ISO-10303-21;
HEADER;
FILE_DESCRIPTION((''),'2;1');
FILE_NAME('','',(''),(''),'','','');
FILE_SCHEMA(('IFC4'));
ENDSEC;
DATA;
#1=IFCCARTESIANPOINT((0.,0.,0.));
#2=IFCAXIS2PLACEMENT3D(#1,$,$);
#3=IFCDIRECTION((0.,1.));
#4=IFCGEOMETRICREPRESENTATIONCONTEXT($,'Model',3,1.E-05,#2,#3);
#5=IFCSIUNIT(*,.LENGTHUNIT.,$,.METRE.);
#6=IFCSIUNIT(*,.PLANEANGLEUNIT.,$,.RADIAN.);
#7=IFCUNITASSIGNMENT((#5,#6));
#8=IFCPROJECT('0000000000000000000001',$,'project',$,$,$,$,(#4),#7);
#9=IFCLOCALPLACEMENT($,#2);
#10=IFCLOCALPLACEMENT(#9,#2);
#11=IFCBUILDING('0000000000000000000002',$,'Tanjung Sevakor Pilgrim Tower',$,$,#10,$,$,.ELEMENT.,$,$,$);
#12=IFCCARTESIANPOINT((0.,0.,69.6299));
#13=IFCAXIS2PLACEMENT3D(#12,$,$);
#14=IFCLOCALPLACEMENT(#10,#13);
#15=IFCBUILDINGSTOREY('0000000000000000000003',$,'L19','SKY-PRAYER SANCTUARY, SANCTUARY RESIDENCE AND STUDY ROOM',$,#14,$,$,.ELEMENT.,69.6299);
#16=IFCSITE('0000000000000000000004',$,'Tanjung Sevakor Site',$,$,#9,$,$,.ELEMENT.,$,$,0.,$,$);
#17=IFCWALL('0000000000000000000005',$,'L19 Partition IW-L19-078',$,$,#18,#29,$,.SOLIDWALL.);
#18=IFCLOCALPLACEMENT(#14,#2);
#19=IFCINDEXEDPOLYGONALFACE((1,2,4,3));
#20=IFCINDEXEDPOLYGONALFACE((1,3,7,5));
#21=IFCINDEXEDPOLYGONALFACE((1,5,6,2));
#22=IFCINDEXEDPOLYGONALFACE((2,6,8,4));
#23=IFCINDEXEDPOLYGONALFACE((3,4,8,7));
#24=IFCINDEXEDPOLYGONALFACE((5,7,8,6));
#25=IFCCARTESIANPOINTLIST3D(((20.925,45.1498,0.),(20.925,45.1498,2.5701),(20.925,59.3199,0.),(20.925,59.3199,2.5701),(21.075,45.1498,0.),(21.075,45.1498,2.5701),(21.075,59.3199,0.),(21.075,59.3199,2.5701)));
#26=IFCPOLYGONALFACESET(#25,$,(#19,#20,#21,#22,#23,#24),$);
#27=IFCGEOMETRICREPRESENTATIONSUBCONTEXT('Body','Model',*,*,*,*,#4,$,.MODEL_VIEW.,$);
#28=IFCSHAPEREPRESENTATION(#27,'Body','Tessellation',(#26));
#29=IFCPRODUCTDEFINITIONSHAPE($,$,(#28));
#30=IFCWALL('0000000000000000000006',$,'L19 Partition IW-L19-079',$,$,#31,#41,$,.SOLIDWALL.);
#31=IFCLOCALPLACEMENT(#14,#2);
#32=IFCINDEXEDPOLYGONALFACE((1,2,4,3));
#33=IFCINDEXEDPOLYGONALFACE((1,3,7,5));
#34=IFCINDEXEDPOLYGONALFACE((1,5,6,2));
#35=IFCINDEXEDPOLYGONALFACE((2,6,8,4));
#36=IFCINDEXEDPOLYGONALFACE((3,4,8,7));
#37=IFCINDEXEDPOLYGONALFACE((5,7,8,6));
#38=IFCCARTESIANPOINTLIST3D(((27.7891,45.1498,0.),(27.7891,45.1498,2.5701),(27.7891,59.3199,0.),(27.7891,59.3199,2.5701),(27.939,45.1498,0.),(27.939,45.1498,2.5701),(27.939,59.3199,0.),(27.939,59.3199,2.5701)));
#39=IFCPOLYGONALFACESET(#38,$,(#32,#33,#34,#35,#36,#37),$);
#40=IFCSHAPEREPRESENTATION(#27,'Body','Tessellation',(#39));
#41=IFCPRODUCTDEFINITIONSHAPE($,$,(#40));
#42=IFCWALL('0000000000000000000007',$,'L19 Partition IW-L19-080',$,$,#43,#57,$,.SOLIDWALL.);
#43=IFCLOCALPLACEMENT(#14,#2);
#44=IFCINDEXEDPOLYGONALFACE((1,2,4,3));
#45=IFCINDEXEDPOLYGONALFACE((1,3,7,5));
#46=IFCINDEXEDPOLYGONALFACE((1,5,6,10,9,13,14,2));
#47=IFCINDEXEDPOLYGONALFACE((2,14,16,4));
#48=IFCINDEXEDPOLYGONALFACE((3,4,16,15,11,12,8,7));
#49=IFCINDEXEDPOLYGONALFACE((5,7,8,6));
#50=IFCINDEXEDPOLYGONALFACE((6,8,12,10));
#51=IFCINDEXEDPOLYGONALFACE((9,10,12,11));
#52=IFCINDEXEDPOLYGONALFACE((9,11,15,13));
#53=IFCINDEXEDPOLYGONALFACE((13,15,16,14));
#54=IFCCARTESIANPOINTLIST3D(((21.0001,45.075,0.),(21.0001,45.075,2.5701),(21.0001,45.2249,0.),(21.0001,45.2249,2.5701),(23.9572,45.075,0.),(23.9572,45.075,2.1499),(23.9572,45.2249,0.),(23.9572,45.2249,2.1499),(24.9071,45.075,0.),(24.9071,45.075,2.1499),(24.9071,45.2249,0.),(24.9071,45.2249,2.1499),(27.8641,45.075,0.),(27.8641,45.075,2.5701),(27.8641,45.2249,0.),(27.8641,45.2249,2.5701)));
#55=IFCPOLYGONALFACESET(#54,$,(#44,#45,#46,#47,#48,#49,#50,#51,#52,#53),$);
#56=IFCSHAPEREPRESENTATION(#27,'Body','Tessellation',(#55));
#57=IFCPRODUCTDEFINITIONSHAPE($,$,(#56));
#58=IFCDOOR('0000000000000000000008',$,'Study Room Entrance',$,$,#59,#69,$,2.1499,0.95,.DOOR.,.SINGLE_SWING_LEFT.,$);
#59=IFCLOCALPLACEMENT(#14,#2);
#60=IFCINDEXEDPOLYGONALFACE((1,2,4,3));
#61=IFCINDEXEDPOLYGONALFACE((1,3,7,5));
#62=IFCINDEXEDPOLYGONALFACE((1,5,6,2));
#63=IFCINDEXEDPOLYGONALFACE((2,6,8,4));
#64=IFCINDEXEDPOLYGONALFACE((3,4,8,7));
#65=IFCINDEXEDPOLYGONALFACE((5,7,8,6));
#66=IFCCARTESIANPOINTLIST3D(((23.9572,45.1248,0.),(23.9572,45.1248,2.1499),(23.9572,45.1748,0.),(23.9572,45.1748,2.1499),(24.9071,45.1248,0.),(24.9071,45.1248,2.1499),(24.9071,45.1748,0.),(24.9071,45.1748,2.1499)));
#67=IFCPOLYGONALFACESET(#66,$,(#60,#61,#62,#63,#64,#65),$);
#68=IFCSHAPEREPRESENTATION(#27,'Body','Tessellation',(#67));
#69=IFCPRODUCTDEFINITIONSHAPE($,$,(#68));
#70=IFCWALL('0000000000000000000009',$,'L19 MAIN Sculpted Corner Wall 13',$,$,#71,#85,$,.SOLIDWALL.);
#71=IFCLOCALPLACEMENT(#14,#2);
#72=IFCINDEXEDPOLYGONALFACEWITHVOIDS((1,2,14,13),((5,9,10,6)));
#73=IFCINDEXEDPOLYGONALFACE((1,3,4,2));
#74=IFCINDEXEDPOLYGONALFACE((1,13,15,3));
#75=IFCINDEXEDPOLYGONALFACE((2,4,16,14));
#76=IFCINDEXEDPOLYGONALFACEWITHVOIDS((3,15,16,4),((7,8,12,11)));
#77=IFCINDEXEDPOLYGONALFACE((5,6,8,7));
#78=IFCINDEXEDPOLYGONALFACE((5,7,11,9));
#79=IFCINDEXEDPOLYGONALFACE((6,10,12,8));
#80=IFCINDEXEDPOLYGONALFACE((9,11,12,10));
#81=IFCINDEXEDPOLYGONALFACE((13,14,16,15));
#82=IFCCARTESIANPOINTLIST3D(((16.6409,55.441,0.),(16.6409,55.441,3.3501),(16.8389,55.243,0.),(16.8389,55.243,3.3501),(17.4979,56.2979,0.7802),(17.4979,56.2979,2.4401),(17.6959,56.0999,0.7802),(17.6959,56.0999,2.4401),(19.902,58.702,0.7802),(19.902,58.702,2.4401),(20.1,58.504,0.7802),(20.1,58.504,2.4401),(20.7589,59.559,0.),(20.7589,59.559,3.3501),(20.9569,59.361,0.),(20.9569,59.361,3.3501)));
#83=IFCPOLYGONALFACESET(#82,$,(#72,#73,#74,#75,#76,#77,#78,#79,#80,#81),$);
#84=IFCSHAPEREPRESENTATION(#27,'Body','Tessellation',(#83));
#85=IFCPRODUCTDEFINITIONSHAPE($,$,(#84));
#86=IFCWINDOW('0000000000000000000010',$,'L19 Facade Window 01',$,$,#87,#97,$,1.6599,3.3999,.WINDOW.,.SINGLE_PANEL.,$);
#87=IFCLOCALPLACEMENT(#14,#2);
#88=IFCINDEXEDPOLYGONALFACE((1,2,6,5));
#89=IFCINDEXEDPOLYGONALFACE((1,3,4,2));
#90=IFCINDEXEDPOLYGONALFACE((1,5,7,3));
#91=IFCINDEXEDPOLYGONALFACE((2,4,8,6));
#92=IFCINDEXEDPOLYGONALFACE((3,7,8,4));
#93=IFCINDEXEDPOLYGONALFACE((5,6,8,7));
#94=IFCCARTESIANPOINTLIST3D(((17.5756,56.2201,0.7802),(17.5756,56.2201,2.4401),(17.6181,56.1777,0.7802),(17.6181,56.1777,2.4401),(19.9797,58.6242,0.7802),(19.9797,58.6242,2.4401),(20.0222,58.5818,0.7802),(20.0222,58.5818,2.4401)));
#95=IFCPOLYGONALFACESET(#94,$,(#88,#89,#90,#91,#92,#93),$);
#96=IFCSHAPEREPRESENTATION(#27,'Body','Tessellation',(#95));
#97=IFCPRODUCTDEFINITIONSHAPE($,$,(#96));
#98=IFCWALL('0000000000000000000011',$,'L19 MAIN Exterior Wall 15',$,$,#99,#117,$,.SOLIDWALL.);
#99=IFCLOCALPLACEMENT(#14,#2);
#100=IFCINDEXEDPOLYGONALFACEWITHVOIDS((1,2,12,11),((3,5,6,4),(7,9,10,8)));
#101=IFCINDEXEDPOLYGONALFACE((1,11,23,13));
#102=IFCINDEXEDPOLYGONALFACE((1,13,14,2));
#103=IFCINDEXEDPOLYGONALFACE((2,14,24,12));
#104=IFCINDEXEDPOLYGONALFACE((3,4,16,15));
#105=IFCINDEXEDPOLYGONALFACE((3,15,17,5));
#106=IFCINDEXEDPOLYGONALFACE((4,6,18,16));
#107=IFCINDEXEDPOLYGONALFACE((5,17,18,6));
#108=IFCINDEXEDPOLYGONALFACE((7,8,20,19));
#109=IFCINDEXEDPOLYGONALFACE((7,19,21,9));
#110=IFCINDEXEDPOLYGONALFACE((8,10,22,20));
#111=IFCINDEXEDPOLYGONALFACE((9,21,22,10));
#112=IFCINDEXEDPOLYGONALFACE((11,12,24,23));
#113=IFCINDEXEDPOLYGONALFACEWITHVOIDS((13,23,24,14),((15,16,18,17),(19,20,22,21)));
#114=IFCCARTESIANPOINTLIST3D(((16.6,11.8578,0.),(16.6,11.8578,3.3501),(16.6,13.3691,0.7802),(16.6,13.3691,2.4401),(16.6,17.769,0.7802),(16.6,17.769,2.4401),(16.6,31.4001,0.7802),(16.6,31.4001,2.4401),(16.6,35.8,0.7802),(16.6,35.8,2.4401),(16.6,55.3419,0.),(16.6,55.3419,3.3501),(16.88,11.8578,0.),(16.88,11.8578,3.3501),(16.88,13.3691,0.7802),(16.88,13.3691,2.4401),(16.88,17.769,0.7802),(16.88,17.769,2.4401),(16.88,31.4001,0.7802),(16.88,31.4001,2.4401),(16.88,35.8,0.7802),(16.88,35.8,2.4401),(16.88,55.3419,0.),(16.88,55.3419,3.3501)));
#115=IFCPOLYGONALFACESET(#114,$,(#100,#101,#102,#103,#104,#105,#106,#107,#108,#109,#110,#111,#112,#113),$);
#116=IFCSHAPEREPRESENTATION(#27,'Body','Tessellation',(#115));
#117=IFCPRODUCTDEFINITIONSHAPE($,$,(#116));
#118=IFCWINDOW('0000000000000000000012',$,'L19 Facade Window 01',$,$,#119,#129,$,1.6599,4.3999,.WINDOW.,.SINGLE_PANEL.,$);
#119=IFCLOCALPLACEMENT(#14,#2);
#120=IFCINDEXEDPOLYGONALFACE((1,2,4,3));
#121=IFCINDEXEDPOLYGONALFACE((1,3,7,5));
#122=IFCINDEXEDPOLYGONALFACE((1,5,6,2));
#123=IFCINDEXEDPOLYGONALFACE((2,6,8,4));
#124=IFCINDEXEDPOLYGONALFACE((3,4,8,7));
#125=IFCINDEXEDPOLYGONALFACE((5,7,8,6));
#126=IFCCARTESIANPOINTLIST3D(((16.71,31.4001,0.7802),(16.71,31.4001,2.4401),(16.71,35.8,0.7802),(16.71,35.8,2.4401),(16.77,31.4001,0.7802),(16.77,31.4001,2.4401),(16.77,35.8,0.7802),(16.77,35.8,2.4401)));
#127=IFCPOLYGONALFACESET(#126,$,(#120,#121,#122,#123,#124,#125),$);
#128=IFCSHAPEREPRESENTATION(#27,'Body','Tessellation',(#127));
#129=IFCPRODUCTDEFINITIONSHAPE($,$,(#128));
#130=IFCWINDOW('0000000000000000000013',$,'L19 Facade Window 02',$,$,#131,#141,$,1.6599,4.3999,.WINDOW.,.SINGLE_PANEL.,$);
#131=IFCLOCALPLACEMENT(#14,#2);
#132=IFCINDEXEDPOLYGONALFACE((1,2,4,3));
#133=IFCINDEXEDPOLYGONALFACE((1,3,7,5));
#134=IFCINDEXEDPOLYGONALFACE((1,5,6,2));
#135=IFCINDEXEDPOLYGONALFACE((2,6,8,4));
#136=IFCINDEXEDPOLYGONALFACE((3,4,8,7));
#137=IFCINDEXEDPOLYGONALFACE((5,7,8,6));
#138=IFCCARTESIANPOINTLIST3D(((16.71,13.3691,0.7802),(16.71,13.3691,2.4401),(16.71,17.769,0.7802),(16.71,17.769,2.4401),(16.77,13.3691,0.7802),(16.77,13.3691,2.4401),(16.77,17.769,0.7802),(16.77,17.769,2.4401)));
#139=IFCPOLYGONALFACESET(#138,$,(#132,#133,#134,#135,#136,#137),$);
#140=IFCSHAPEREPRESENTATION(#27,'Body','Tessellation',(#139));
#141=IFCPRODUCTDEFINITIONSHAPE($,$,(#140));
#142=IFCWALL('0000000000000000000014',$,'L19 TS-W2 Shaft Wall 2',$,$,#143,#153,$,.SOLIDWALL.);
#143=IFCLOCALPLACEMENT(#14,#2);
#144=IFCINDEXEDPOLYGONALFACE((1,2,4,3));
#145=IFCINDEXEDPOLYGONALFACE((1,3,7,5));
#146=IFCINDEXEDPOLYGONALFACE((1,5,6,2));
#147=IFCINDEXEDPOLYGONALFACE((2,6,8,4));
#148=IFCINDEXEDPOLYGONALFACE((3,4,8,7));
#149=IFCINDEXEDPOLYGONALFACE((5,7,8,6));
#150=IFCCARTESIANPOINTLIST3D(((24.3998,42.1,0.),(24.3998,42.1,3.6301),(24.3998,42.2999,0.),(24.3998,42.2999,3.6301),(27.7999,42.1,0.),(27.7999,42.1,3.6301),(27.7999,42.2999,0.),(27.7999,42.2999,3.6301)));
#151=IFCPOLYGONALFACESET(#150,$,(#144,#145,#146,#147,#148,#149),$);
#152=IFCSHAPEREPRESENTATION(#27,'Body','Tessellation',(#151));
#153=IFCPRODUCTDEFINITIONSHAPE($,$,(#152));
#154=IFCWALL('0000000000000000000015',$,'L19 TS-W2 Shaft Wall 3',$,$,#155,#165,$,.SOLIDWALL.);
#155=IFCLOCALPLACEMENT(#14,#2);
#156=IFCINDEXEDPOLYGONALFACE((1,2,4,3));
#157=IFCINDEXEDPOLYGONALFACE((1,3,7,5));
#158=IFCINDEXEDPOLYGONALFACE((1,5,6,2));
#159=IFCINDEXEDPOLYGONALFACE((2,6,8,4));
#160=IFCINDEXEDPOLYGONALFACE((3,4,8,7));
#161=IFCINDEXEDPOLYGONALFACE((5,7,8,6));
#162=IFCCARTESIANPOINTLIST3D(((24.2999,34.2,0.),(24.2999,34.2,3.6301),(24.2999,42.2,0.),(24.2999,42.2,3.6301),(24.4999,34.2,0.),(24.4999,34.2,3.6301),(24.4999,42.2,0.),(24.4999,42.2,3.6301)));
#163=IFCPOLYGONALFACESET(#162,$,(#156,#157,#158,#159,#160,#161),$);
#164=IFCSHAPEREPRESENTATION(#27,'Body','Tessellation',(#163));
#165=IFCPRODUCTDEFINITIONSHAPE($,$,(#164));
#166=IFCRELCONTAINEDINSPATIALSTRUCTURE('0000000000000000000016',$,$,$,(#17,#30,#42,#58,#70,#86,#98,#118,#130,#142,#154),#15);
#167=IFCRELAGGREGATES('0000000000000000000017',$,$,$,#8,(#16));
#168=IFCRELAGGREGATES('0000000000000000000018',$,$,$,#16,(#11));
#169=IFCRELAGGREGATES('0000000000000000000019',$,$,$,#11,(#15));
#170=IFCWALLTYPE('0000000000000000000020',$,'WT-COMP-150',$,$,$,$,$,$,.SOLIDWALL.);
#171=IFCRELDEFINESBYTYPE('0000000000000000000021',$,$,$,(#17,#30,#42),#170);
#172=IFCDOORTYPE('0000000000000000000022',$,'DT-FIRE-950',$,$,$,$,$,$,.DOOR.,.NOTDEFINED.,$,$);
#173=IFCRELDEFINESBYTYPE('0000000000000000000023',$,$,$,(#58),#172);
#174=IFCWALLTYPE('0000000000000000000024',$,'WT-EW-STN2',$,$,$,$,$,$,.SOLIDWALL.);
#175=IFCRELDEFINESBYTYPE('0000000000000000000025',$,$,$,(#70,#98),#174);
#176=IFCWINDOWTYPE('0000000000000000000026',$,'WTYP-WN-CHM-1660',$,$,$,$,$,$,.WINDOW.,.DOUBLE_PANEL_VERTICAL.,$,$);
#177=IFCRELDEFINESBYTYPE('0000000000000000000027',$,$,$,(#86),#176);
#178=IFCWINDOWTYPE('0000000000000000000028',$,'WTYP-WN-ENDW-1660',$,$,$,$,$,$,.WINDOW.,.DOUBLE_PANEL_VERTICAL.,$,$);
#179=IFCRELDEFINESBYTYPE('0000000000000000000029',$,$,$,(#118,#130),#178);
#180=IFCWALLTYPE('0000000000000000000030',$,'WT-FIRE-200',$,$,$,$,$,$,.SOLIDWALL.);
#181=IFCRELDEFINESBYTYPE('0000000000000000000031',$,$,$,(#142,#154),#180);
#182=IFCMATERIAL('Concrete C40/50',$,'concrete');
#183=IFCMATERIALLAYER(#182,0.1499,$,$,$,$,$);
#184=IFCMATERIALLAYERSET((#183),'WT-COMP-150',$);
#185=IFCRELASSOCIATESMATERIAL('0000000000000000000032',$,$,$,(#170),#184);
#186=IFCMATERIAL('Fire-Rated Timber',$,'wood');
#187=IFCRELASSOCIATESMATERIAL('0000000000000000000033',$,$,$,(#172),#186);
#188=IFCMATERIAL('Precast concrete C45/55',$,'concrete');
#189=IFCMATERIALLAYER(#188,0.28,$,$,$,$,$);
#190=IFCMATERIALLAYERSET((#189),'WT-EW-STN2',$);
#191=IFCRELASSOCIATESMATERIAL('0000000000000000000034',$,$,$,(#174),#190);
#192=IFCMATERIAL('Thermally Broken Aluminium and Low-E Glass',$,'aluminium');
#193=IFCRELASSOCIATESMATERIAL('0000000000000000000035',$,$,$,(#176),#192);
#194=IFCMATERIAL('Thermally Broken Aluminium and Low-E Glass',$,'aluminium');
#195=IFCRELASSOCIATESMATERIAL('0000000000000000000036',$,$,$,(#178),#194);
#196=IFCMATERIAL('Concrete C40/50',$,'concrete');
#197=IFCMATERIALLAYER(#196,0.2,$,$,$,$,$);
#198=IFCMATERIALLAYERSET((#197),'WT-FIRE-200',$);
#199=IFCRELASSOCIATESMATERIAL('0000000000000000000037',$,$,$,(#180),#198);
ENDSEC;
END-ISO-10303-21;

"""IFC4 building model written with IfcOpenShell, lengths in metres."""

from ifc_helpers import new_model, si_unit, direction, frame, frame_2d, origin, place, context, subcontext, project, spatial, rectangle, extrude, material, layer, layer_set, type_object, element, fill, save


model = new_model("IFC4")

# Units and contexts
model_context = context("Model", 3, precision=1e-05, world=origin(), true_north=direction((0.0, 1.0)))
body_context = subcontext(model_context, "Body", "Model", "MODEL_VIEW")
ifc_project = project(units=[si_unit("LENGTHUNIT", "METRE"), si_unit("PLANEANGLEUNIT", "RADIAN")], contexts=[model_context])

# Site, building, storey
site_placement = place(None, origin())
site = spatial("IfcSite", under=ifc_project, at=site_placement, Name="Tanjung Sevakor Site", CompositionType="ELEMENT", RefElevation=0.0)
building_placement = place(site_placement, origin())
building = spatial("IfcBuilding", under=site, at=building_placement, Name="Tanjung Sevakor Pilgrim Tower", CompositionType="ELEMENT")
storey_placement = place(building_placement, frame((0.0, 0.0, 69.6299)))
storey = spatial("IfcBuildingStorey", under=building, at=storey_placement, Name="L19", Description="SKY-PRAYER SANCTUARY, SANCTUARY RESIDENCE AND STUDY ROOM", CompositionType="ELEMENT", Elevation=69.6299)

# Walls
ifc_material_1 = material(Name="Concrete C40/50", Category="concrete")
ifc_layer_1 = layer(ifc_material_1, 0.1499)
ifc_layer_set_1 = layer_set([ifc_layer_1], Name="WT-COMP-150")
wall_type_1 = type_object("IfcWallType", Name="WT-COMP-150", PredefinedType="SOLIDWALL", material=ifc_layer_set_1)
for number, where, z_axis, x_axis, name in (
    (1, (21.0, 45.1499, 0.0), (0.0, 0.0, 1.0), (0.0, 1.0, 0.0), "L19 Partition IW-L19-078"),
    (2, (27.864, 45.1499, 0.0), (0.0, 0.0, 1.0), (0.0, 1.0, 0.0), "L19 Partition IW-L19-079"),
):
    element("IfcWall", number, at=place(storey_placement, frame(where, z_axis=z_axis, x_axis=x_axis)), inside=storey, type_object=wall_type_1, Name=name, PredefinedType="SOLIDWALL", context=body_context, shape_type="SweptSolid", body=[
        extrude(rectangle(XDim=14.1702, YDim=0.1499, at=frame_2d((7.085, 0.0))), origin(), (0.0, 0.0, 1.0), 2.5701),
    ])

# Wall, opening, door
wall_1_placement = place(storey_placement, frame((21.0, 45.1499, 0.0), z_axis=(0.0, 0.0, 1.0), x_axis=(1.0, 0.0, 0.0)))
wall_1 = element("IfcWall", 3, at=wall_1_placement, inside=storey, type_object=wall_type_1, Name="L19 Partition IW-L19-080", PredefinedType="SOLIDWALL", context=body_context, shape_type="SweptSolid", body=[
    extrude(rectangle(XDim=6.864, YDim=0.1499, at=frame_2d((3.4321, 0.0))), origin(), (0.0, 0.0, 1.0), 2.5701),
])
opening_1_placement = place(wall_1_placement, frame((2.957, 0.0, 0.0)))
opening_1 = element("IfcOpeningElement", 4, at=opening_1_placement, cuts=wall_1, PredefinedType="OPENING", context=body_context, shape_type="SweptSolid", body=[
    extrude(rectangle(XDim=0.95, YDim=2.1499, at=frame_2d((0.4751, 1.075))), frame((0.0, 0.085, 0.0), z_axis=(0.0, -1.0, 0.0), x_axis=(1.0, 0.0, 0.0)), (0.0, 0.0, 1.0), 0.1699),
])
ifc_material_2 = material(Name="Fire-Rated Timber", Category="wood")
door_type_1 = type_object("IfcDoorType", Name="DT-FIRE-950", OperationType="NOTDEFINED", PredefinedType="DOOR", material=ifc_material_2)
door_1_placement = place(opening_1_placement, origin())
door_1 = element("IfcDoor", 5, at=door_1_placement, inside=storey, type_object=door_type_1, Name="Study Room Entrance", OperationType="SINGLE_SWING_LEFT", OverallHeight=2.1499, OverallWidth=0.95, PredefinedType="DOOR", context=body_context, shape_type="SweptSolid", body=[
    extrude(rectangle(XDim=0.95, YDim=2.1499, at=frame_2d((0.4751, 1.075))), frame((0.0, 0.0249, 0.0), z_axis=(0.0, -1.0, 0.0), x_axis=(1.0, 0.0, 0.0)), (0.0, 0.0, 1.0), 0.05),
])
fill(opening_1, door_1)

# Wall, opening, window
ifc_material_3 = material(Name="Precast concrete C45/55", Category="concrete")
ifc_layer_2 = layer(ifc_material_3, 0.28)
ifc_layer_set_2 = layer_set([ifc_layer_2], Name="WT-EW-STN2")
wall_type_2 = type_object("IfcWallType", Name="WT-EW-STN2", PredefinedType="SOLIDWALL", material=ifc_layer_set_2)
wall_2_placement = place(storey_placement, frame((20.8579, 59.46, 0.0), z_axis=(0.0, 0.0, 1.0), x_axis=(-0.707107, -0.707107, 0.0)))
wall_2 = element("IfcWall", 6, at=wall_2_placement, inside=storey, type_object=wall_type_2, Name="L19 MAIN Sculpted Corner Wall 13", PredefinedType="SOLIDWALL", context=body_context, shape_type="SweptSolid", body=[
    extrude(rectangle(XDim=5.8237, YDim=0.28, at=frame_2d((2.9119, 0.0))), origin(), (0.0, 0.0, 1.0), 3.3501),
])
opening_2_placement = place(wall_2_placement, frame((1.2119, 0.0, 0.78)))
opening_2 = element("IfcOpeningElement", 7, at=opening_2_placement, cuts=wall_2, PredefinedType="OPENING", context=body_context, shape_type="SweptSolid", body=[
    extrude(rectangle(XDim=3.3999, YDim=1.6599, at=frame_2d((1.7, 0.8301))), frame((0.0, 0.1499, 0.0), z_axis=(0.0, -1.0, 0.0), x_axis=(1.0, 0.0, 0.0)), (0.0, 0.0, 1.0), 0.3),
])
ifc_material_4 = material(Name="Thermally Broken Aluminium and Low-E Glass", Category="aluminium")
window_type_1 = type_object("IfcWindowType", Name="WTYP-WN-CHM-1660", PartitioningType="DOUBLE_PANEL_VERTICAL", PredefinedType="WINDOW", material=ifc_material_4)
window_1_placement = place(opening_2_placement, origin())
window_1 = element("IfcWindow", 8, at=window_1_placement, inside=storey, type_object=window_type_1, Name="L19 Facade Window 01", OverallHeight=1.6599, OverallWidth=3.3999, PartitioningType="SINGLE_PANEL", PredefinedType="WINDOW", context=body_context, shape_type="SweptSolid", body=[
    extrude(rectangle(XDim=3.3999, YDim=1.6599, at=frame_2d((1.7, 0.8301))), frame((0.0, 0.03, 0.0), z_axis=(0.0, -1.0, 0.0), x_axis=(1.0, 0.0, 0.0)), (0.0, 0.0, 1.0), 0.0601),
])
fill(opening_2, window_1)

# Wall, openings, windows
wall_3_placement = place(storey_placement, frame((16.74, 55.342, 0.0), z_axis=(0.0, 0.0, 1.0), x_axis=(0.0, -1.0, 0.0)))
wall_3 = element("IfcWall", 9, at=wall_3_placement, inside=storey, type_object=wall_type_2, Name="L19 MAIN Exterior Wall 15", PredefinedType="SOLIDWALL", context=body_context, shape_type="SweptSolid", body=[
    extrude(rectangle(XDim=43.4841, YDim=0.28, at=frame_2d((21.7422, 0.0))), origin(), (0.0, 0.0, 1.0), 3.3501),
])
opening_3_placement = place(wall_3_placement, frame((19.542, 0.0, 0.78)))
opening_3 = element("IfcOpeningElement", 10, at=opening_3_placement, cuts=wall_3, PredefinedType="OPENING", context=body_context, shape_type="SweptSolid", body=[
    extrude(rectangle(XDim=4.3999, YDim=1.6599, at=frame_2d((2.2, 0.8301))), frame((0.0, 0.1499, 0.0), z_axis=(0.0, -1.0, 0.0), x_axis=(1.0, 0.0, 0.0)), (0.0, 0.0, 1.0), 0.3),
])
opening_4_placement = place(wall_3_placement, frame((37.573, 0.0, 0.78)))
opening_4 = element("IfcOpeningElement", 11, at=opening_4_placement, cuts=wall_3, PredefinedType="OPENING", context=body_context, shape_type="SweptSolid", body=[
    extrude(rectangle(XDim=4.3999, YDim=1.6599, at=frame_2d((2.2, 0.8301))), frame((0.0, 0.1499, 0.0), z_axis=(0.0, -1.0, 0.0), x_axis=(1.0, 0.0, 0.0)), (0.0, 0.0, 1.0), 0.3),
])
ifc_material_5 = material(Name="Thermally Broken Aluminium and Low-E Glass", Category="aluminium")
window_type_2 = type_object("IfcWindowType", Name="WTYP-WN-ENDW-1660", PartitioningType="DOUBLE_PANEL_VERTICAL", PredefinedType="WINDOW", material=ifc_material_5)
window_2_placement = place(opening_3_placement, origin())
window_2 = element("IfcWindow", 12, at=window_2_placement, inside=storey, type_object=window_type_2, Name="L19 Facade Window 01", OverallHeight=1.6599, OverallWidth=4.3999, PartitioningType="SINGLE_PANEL", PredefinedType="WINDOW", context=body_context, shape_type="SweptSolid", body=[
    extrude(rectangle(XDim=4.3999, YDim=1.6599, at=frame_2d((2.2, 0.8301))), frame((0.0, 0.03, 0.0), z_axis=(0.0, -1.0, 0.0), x_axis=(1.0, 0.0, 0.0)), (0.0, 0.0, 1.0), 0.0601),
])
fill(opening_3, window_2)
window_3_placement = place(opening_4_placement, origin())
window_3 = element("IfcWindow", 13, at=window_3_placement, inside=storey, type_object=window_type_2, Name="L19 Facade Window 02", OverallHeight=1.6599, OverallWidth=4.3999, PartitioningType="SINGLE_PANEL", PredefinedType="WINDOW", context=body_context, shape_type="SweptSolid", body=[
    extrude(rectangle(XDim=4.3999, YDim=1.6599, at=frame_2d((2.2, 0.8301))), frame((0.0, 0.03, 0.0), z_axis=(0.0, -1.0, 0.0), x_axis=(1.0, 0.0, 0.0)), (0.0, 0.0, 1.0), 0.0601),
])
fill(opening_4, window_3)

# Walls
ifc_material_6 = material(Name="Concrete C40/50", Category="concrete")
ifc_layer_3 = layer(ifc_material_6, 0.2)
ifc_layer_set_3 = layer_set([ifc_layer_3], Name="WT-FIRE-200")
wall_type_3 = type_object("IfcWallType", Name="WT-FIRE-200", PredefinedType="SOLIDWALL", material=ifc_layer_set_3)
wall_4_placement = place(storey_placement, frame((27.8, 42.2, 0.0), z_axis=(0.0, 0.0, 1.0), x_axis=(-1.0, 0.0, 0.0)))
element("IfcWall", 14, at=wall_4_placement, inside=storey, type_object=wall_type_3, Name="L19 TS-W2 Shaft Wall 2", PredefinedType="SOLIDWALL", context=body_context, shape_type="SweptSolid", body=[
    extrude(rectangle(XDim=3.4001, YDim=0.2, at=frame_2d((1.7002, 0.0))), origin(), (0.0, 0.0, 1.0), 3.6301),
])
wall_5_placement = place(storey_placement, frame((24.3999, 42.2, 0.0), z_axis=(0.0, 0.0, 1.0), x_axis=(0.0, -1.0, 0.0)))
element("IfcWall", 15, at=wall_5_placement, inside=storey, type_object=wall_type_3, Name="L19 TS-W2 Shaft Wall 3", PredefinedType="SOLIDWALL", context=body_context, shape_type="SweptSolid", body=[
    extrude(rectangle(XDim=8.0, YDim=0.2, at=frame_2d((4.0, 0.0))), origin(), (0.0, 0.0, 1.0), 3.6301),
])

save(model, "model.ifc")
